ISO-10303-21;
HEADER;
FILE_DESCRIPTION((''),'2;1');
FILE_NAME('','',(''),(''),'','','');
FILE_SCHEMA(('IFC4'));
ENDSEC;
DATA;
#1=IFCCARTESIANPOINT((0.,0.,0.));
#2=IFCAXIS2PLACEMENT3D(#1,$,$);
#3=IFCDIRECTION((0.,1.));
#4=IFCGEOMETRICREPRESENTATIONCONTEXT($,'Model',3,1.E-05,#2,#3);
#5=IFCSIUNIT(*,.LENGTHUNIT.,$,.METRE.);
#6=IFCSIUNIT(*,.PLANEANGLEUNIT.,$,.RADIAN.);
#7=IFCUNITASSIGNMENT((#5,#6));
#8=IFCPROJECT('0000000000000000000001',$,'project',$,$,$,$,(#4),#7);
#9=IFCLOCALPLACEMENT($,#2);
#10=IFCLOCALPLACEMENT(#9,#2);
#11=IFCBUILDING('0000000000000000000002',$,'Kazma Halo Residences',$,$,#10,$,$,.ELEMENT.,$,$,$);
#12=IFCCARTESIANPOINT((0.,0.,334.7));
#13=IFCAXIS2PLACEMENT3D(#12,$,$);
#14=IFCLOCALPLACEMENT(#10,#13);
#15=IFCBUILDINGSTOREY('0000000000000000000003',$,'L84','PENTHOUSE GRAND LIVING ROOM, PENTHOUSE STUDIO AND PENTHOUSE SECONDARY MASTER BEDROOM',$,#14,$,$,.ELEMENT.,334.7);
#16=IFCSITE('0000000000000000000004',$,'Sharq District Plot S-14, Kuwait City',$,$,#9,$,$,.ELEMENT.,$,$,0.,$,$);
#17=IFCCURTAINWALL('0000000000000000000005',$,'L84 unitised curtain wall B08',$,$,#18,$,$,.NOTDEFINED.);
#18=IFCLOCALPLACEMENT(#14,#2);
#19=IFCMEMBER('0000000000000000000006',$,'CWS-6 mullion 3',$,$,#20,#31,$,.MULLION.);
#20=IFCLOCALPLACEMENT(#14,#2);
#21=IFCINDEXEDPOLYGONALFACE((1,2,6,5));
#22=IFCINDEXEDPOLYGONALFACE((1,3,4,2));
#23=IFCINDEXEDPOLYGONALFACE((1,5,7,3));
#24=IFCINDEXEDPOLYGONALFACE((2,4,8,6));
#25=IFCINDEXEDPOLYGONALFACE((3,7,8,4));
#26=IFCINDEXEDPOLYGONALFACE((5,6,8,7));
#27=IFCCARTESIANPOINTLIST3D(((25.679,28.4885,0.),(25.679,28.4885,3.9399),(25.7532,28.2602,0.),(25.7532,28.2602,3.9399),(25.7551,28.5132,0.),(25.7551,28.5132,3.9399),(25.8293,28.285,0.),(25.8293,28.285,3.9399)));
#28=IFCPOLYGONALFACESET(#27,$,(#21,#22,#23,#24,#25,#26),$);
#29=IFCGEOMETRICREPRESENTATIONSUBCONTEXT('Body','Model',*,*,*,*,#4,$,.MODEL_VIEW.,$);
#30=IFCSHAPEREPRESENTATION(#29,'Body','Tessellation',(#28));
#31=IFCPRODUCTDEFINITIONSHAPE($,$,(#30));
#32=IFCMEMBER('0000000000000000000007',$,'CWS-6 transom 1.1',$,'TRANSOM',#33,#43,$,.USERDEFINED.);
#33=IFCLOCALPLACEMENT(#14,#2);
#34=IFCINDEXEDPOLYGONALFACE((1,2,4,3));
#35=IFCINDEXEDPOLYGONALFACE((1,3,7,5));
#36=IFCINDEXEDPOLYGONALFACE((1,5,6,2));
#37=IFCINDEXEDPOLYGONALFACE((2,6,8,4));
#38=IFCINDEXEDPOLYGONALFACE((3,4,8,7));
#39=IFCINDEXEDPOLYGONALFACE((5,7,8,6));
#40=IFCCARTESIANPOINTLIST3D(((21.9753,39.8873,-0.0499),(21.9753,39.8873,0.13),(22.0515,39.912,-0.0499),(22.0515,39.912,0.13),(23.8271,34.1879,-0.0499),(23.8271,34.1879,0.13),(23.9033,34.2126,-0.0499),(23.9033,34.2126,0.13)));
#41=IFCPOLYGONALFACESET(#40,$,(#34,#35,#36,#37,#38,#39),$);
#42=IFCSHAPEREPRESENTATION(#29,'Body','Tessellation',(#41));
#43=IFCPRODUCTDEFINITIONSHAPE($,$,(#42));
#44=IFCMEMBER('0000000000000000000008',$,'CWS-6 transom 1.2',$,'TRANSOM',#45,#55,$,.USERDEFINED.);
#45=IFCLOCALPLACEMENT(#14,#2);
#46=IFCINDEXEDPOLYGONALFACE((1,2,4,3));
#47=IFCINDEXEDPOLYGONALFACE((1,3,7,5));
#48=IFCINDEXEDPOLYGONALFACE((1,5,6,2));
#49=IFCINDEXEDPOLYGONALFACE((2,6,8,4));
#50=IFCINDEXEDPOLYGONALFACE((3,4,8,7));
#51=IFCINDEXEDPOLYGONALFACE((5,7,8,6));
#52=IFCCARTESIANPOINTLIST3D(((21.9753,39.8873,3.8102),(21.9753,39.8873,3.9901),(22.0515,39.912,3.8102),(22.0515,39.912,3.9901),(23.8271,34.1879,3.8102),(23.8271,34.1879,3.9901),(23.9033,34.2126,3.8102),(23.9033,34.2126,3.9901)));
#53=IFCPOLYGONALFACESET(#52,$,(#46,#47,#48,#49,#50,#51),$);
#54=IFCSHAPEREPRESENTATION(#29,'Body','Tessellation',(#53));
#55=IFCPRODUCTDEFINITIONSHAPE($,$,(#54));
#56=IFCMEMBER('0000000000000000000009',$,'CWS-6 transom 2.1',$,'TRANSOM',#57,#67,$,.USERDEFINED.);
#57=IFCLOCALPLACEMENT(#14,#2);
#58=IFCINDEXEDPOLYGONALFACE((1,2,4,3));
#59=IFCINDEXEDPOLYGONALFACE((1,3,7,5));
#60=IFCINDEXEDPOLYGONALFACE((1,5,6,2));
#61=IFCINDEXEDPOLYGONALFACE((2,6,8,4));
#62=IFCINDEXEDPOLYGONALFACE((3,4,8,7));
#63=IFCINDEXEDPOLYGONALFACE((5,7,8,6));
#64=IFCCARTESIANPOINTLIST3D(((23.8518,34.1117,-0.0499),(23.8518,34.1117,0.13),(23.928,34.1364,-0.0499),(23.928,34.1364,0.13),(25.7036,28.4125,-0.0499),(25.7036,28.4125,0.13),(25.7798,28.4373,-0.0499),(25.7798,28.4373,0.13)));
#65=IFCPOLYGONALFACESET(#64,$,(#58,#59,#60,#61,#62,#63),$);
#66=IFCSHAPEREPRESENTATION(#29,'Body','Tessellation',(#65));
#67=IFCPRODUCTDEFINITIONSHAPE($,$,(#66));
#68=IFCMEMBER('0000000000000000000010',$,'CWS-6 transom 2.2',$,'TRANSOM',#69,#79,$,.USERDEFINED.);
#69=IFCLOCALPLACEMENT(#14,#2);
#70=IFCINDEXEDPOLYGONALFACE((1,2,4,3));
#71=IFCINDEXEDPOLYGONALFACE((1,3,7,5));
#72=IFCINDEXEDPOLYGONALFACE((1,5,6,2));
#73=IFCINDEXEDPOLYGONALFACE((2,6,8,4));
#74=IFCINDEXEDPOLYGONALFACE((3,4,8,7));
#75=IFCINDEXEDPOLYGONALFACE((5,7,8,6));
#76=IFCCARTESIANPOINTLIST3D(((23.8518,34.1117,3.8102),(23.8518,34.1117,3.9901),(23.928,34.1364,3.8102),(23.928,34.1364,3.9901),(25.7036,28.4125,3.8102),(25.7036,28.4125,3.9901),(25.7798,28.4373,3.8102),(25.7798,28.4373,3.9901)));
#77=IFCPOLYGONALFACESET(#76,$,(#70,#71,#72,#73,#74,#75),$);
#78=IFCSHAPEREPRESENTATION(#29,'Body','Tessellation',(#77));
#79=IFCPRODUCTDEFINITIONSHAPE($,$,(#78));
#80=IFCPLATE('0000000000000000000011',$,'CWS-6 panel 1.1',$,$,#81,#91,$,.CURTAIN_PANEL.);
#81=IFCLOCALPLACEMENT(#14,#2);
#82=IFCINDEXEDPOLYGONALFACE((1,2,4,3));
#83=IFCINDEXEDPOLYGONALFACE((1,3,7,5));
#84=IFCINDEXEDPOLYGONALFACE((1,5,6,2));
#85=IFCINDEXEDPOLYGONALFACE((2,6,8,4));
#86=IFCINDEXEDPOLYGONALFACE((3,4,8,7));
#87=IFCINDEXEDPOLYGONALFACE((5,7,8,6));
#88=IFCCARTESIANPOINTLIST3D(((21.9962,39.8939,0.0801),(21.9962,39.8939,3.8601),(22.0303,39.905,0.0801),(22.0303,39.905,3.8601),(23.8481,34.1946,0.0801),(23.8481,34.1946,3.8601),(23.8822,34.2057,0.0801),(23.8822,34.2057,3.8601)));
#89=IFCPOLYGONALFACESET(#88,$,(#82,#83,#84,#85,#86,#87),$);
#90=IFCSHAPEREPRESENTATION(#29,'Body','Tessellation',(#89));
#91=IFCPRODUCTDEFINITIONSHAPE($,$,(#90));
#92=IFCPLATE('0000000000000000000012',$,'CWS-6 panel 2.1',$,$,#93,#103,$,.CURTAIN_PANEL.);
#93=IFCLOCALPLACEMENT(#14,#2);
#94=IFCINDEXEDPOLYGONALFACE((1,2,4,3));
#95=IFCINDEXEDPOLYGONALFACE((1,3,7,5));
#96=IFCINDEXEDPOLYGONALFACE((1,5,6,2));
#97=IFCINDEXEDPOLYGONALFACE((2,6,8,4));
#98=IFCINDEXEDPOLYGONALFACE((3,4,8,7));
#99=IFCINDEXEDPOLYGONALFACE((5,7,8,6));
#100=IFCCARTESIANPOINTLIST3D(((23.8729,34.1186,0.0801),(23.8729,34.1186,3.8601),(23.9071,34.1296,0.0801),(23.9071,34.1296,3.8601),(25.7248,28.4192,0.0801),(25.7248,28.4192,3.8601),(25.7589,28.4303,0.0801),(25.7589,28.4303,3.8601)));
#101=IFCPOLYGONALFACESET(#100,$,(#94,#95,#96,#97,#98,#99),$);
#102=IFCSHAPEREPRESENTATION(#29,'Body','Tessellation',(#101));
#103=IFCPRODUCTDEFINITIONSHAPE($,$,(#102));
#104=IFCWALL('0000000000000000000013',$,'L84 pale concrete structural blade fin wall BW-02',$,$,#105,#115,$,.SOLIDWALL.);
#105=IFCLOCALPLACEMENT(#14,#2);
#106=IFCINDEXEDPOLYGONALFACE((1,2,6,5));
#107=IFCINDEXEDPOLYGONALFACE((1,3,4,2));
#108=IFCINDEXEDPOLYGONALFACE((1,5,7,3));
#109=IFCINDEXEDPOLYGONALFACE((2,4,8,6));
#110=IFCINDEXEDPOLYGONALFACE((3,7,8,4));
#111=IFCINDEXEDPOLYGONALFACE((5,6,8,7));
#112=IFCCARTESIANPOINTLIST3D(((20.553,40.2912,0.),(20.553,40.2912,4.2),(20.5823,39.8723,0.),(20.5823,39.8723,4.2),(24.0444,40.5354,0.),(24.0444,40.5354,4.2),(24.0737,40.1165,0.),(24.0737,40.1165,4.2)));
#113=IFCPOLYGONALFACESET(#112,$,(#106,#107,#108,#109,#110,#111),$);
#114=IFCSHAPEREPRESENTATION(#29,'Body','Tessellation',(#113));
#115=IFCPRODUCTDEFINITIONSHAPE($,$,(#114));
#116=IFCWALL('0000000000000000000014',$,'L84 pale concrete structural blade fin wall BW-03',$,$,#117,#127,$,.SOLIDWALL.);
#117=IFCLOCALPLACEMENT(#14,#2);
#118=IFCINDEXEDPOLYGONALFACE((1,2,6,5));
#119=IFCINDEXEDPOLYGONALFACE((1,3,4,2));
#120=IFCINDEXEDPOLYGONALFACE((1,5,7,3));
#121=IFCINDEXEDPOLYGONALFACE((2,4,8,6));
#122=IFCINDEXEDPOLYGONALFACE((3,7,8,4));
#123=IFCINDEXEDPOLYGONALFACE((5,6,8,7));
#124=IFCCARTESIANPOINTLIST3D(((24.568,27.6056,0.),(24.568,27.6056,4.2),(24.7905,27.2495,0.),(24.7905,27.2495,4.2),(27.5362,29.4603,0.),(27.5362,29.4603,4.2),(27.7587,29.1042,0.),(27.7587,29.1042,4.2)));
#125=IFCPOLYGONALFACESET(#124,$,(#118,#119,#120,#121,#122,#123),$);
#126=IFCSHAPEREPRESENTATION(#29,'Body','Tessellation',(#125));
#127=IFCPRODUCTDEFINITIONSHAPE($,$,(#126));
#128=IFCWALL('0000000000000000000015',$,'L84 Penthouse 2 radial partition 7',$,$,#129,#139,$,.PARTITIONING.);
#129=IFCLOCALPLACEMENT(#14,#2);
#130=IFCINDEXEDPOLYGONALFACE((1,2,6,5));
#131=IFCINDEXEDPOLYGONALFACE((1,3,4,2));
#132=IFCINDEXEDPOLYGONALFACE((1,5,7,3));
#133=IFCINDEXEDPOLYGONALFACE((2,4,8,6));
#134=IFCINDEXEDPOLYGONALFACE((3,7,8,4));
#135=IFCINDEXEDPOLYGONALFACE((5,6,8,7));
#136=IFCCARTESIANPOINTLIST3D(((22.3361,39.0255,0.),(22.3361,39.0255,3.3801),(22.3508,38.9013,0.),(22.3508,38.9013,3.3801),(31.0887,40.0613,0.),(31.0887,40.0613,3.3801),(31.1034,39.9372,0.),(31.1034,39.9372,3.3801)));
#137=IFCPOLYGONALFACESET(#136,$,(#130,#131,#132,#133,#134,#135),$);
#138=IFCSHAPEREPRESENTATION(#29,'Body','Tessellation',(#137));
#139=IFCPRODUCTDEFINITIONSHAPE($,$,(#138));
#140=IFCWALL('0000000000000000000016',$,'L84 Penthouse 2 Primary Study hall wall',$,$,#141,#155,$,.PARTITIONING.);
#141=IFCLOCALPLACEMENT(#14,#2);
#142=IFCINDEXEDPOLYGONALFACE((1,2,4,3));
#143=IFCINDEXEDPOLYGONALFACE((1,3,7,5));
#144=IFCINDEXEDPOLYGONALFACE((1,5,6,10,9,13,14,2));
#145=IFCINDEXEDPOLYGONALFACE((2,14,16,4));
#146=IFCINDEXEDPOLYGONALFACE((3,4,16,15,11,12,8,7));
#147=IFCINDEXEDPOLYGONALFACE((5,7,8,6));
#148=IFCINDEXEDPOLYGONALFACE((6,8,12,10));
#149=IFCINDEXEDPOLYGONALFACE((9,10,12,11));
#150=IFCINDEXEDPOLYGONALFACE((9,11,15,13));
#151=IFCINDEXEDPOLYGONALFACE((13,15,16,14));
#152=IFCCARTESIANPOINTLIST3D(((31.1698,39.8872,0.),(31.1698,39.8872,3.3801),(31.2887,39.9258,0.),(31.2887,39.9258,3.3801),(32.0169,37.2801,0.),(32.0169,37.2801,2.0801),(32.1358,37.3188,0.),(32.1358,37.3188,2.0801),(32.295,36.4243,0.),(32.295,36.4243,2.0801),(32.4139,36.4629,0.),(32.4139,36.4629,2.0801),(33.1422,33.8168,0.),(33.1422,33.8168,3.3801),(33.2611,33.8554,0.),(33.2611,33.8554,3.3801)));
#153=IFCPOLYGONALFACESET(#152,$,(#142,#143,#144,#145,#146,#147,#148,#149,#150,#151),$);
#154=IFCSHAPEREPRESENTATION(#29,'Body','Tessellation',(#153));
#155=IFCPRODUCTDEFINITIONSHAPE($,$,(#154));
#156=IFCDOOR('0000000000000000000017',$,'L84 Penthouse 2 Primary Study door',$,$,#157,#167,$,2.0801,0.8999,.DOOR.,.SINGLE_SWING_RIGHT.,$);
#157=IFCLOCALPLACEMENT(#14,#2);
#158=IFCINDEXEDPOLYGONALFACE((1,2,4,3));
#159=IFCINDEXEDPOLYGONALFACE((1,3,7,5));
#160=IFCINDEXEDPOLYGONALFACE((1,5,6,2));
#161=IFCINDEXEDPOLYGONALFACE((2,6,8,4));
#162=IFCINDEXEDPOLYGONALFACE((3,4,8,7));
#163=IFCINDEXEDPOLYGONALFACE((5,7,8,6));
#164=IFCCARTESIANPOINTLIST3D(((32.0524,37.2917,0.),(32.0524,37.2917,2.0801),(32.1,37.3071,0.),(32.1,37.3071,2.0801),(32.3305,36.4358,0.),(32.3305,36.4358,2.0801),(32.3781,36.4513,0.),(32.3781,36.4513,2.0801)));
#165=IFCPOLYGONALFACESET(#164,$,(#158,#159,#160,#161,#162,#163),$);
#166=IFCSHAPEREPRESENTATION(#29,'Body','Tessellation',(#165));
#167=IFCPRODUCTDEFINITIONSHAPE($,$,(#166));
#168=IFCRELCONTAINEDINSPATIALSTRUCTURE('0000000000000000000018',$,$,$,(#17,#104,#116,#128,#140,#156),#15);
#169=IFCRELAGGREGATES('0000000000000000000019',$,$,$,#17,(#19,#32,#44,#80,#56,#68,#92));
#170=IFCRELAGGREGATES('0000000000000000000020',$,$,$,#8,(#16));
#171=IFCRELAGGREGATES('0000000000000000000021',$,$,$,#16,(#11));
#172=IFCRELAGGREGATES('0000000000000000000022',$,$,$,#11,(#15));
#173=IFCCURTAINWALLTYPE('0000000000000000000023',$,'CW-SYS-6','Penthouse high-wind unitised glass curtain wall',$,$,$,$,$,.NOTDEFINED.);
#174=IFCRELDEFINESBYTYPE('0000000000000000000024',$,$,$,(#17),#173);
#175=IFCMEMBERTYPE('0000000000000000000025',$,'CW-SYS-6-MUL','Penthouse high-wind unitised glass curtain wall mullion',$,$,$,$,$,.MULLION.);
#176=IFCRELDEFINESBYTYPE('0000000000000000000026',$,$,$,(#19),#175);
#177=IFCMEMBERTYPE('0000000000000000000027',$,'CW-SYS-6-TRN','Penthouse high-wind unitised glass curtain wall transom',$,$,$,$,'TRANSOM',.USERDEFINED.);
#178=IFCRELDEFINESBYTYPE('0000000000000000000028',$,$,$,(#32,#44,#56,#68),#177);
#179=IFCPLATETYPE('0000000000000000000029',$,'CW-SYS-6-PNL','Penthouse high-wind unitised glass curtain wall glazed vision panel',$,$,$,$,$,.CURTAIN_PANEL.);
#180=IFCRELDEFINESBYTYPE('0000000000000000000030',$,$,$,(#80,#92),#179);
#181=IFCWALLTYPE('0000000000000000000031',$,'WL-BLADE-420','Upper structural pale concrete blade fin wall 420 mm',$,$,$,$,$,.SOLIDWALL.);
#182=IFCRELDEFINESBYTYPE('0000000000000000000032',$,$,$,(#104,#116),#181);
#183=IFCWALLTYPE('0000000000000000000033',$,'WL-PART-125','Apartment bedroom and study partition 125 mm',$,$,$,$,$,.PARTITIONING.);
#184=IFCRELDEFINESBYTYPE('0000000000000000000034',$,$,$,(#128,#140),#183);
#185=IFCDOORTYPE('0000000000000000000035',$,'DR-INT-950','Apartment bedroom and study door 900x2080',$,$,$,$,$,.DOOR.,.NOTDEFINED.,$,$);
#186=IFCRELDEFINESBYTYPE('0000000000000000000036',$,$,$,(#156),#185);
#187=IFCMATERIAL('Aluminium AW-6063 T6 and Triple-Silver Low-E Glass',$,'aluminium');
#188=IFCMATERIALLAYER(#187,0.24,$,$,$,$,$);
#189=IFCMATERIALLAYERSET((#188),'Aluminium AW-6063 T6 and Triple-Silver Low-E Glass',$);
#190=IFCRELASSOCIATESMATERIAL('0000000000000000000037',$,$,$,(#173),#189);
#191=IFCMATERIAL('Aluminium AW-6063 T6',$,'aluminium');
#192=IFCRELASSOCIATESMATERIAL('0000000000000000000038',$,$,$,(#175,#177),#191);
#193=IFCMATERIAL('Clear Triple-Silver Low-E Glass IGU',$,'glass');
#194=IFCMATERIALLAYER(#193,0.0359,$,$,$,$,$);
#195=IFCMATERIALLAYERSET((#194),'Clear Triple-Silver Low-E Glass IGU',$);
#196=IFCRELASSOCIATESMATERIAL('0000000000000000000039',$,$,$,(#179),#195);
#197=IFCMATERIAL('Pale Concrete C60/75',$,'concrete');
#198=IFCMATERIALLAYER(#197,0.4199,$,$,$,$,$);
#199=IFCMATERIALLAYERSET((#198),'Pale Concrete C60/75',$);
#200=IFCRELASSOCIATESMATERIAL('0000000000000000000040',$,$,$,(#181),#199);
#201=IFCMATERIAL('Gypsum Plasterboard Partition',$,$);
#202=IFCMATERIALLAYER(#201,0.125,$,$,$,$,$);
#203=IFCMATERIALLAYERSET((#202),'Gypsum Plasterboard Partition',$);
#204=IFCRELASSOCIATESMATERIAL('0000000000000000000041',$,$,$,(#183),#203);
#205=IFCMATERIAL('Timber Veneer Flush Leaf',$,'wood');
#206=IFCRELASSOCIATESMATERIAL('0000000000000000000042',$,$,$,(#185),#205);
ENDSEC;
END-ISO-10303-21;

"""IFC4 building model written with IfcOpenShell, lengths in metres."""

from ifc_helpers import new_model, si_unit, direction, frame, frame_2d, origin, origin_2d, place, context, subcontext, project, spatial, rectangle, extrude, material, layer, layer_set, material_profile, profile_set, type_object, element, fill, aggregate, save


model = new_model("IFC4")

# Units and contexts
model_context = context("Model", 3, precision=1e-05, world=origin(), true_north=direction((0.0, 1.0)))
body_context = subcontext(model_context, "Body", "Model", "MODEL_VIEW")
ifc_project = project(units=[si_unit("LENGTHUNIT", "METRE"), si_unit("PLANEANGLEUNIT", "RADIAN")], contexts=[model_context])

# Site, building, storey
site_placement = place(None, origin())
site = spatial("IfcSite", under=ifc_project, at=site_placement, Name="Sharq District Plot S-14, Kuwait City", CompositionType="ELEMENT", RefElevation=0.0)
building_placement = place(site_placement, origin())
building = spatial("IfcBuilding", under=site, at=building_placement, Name="Kazma Halo Residences", CompositionType="ELEMENT")
storey_placement = place(building_placement, frame((0.0, 0.0, 334.7)))
storey = spatial("IfcBuildingStorey", under=building, at=storey_placement, Name="L84", Description="PENTHOUSE GRAND LIVING ROOM, PENTHOUSE STUDIO AND PENTHOUSE SECONDARY MASTER BEDROOM", CompositionType="ELEMENT", Elevation=334.7)

# Shared definitions
ifc_material_1 = material(Name="Aluminium AW-6063 T6 and Triple-Silver Low-E Glass", Category="aluminium")
ifc_layer_1 = layer(ifc_material_1, 0.24)
ifc_layer_set_1 = layer_set([ifc_layer_1], Name="Aluminium AW-6063 T6 and Triple-Silver Low-E Glass")
curtain_wall_type = type_object("IfcCurtainWallType", Name="CW-SYS-6", Description="Penthouse high-wind unitised glass curtain wall", PredefinedType="NOTDEFINED", material=ifc_layer_set_1)
ifc_material_2 = material(Name="Aluminium AW-6063 T6", Category="aluminium")
ifc_material_profile_1 = material_profile(ifc_material_2, rectangle(XDim=0.0801, YDim=0.24, at=origin_2d()), Name="CWM-80x240")
ifc_profile_set_1 = profile_set([ifc_material_profile_1], Name="Aluminium AW-6063 T6")
member_type_1 = type_object("IfcMemberType", Name="CW-SYS-6-MUL", Description="Penthouse high-wind unitised glass curtain wall mullion", PredefinedType="MULLION", material=ifc_profile_set_1)

# Curtain wall, members, plates
curtain_wall_1_placement = place(storey_placement, origin())
curtain_wall_1 = element("IfcCurtainWall", 1, at=curtain_wall_1_placement, inside=storey, type_object=curtain_wall_type, Name="L84 unitised curtain wall B08", PredefinedType="NOTDEFINED")
member_1_placement = place(storey_placement, frame((25.7542, 28.3867, 0.0), z_axis=(0.0, 0.0, 1.0), x_axis=(0.951056, 0.309019, 0.0)))
member_1 = element("IfcMember", 2, at=member_1_placement, type_object=member_type_1, Name="CWS-6 mullion 3", PredefinedType="MULLION", context=body_context, shape_type="SweptSolid", body=[
    extrude(rectangle(XDim=0.0801, YDim=0.24, at=origin_2d()), origin(), (0.0, 0.0, 1.0), 3.9399),
])
ifc_material_profile_2 = material_profile(ifc_material_2, rectangle(XDim=0.0801, YDim=0.1799, at=origin_2d()), Name="CWT-80x180")
ifc_profile_set_2 = profile_set([ifc_material_profile_2], Name="Aluminium AW-6063 T6")
member_type_2 = type_object("IfcMemberType", Name="CW-SYS-6-TRN", Description="Penthouse high-wind unitised glass curtain wall transom", ElementType="TRANSOM", PredefinedType="USERDEFINED", material=ifc_profile_set_2)
member_2_placement = place(storey_placement, frame((22.0134, 39.8997, 0.04), z_axis=(0.309008, -0.95106, 0.0), x_axis=(0.95106, 0.309008, 0.0)))
member_2 = element("IfcMember", 3, at=member_2_placement, type_object=member_type_2, Name="CWS-6 transom 1.1", ObjectType="TRANSOM", PredefinedType="USERDEFINED", context=body_context, shape_type="SweptSolid", body=[
    extrude(rectangle(XDim=0.0801, YDim=0.1799, at=origin_2d()), origin(), (0.0, 0.0, 1.0), 5.9927),
])
member_3_placement = place(storey_placement, frame((22.0134, 39.8997, 3.9001), z_axis=(0.309008, -0.95106, 0.0), x_axis=(0.95106, 0.309008, 0.0)))
member_3 = element("IfcMember", 4, at=member_3_placement, type_object=member_type_2, Name="CWS-6 transom 1.2", ObjectType="TRANSOM", PredefinedType="USERDEFINED", context=body_context, shape_type="SweptSolid", body=[
    extrude(rectangle(XDim=0.0801, YDim=0.1799, at=origin_2d()), origin(), (0.0, 0.0, 1.0), 5.9927),
])
member_4_placement = place(storey_placement, frame((23.8899, 34.124, 0.04), z_axis=(0.30902, -0.951056, 0.0), x_axis=(0.951056, 0.30902, 0.0)))
member_4 = element("IfcMember", 5, at=member_4_placement, type_object=member_type_2, Name="CWS-6 transom 2.1", ObjectType="TRANSOM", PredefinedType="USERDEFINED", context=body_context, shape_type="SweptSolid", body=[
    extrude(rectangle(XDim=0.0801, YDim=0.1799, at=origin_2d()), origin(), (0.0, 0.0, 1.0), 5.9924),
])
member_5_placement = place(storey_placement, frame((23.8899, 34.124, 3.9001), z_axis=(0.30902, -0.951056, 0.0), x_axis=(0.951056, 0.30902, 0.0)))
member_5 = element("IfcMember", 6, at=member_5_placement, type_object=member_type_2, Name="CWS-6 transom 2.2", ObjectType="TRANSOM", PredefinedType="USERDEFINED", context=body_context, shape_type="SweptSolid", body=[
    extrude(rectangle(XDim=0.0801, YDim=0.1799, at=origin_2d()), origin(), (0.0, 0.0, 1.0), 5.9924),
])
ifc_material_3 = material(Name="Clear Triple-Silver Low-E Glass IGU", Category="glass")
ifc_layer_2 = layer(ifc_material_3, 0.0359)
ifc_layer_set_2 = layer_set([ifc_layer_2], Name="Clear Triple-Silver Low-E Glass IGU")
plate_type = type_object("IfcPlateType", Name="CW-SYS-6-PNL", Description="Penthouse high-wind unitised glass curtain wall glazed vision panel", PredefinedType="CURTAIN_PANEL", material=ifc_layer_set_2)
plate_1_placement = place(storey_placement, frame((22.9392, 37.0498, 0.0801), z_axis=(0.0, 0.0, 1.0), x_axis=(0.309019, -0.951056, 0.0)))
plate_1 = element("IfcPlate", 7, at=plate_1_placement, type_object=plate_type, Name="CWS-6 panel 1.1", PredefinedType="CURTAIN_PANEL", context=body_context, shape_type="SweptSolid", body=[
    extrude(rectangle(XDim=5.9927, YDim=0.0359, at=origin_2d()), origin(), (0.0, 0.0, 1.0), 3.78),
])
plate_2_placement = place(storey_placement, frame((24.8159, 31.2744, 0.0801), z_axis=(0.0, 0.0, 1.0), x_axis=(0.309019, -0.951056, 0.0)))
plate_2 = element("IfcPlate", 8, at=plate_2_placement, type_object=plate_type, Name="CWS-6 panel 2.1", PredefinedType="CURTAIN_PANEL", context=body_context, shape_type="SweptSolid", body=[
    extrude(rectangle(XDim=5.9927, YDim=0.0359, at=origin_2d()), origin(), (0.0, 0.0, 1.0), 3.78),
])
aggregate(curtain_wall_1, [member_1, member_2, member_3, plate_1, member_4, member_5, plate_2])

# Walls
ifc_material_4 = material(Name="Pale Concrete C60/75", Category="concrete")
ifc_layer_3 = layer(ifc_material_4, 0.4199)
ifc_layer_set_3 = layer_set([ifc_layer_3], Name="Pale Concrete C60/75")
wall_type_1 = type_object("IfcWallType", Name="WL-BLADE-420", Description="Upper structural pale concrete blade fin wall 420 mm", PredefinedType="SOLIDWALL", material=ifc_layer_set_3)
for number, where, z_axis, x_axis, name in (
    (9, (24.0591, 40.3259, 0.0), (0.0, 0.0, 1.0), (-0.997564, -0.069755, 0.0), "L84 pale concrete structural blade fin wall BW-02"),
    (10, (27.6475, 29.2822, 0.0), (0.0, 0.0, 1.0), (-0.848053, -0.529911, 0.0), "L84 pale concrete structural blade fin wall BW-03"),
):
    element("IfcWall", number, at=place(storey_placement, frame(where, z_axis=z_axis, x_axis=x_axis)), inside=storey, type_object=wall_type_1, Name=name, PredefinedType="SOLIDWALL", context=body_context, shape_type="SweptSolid", body=[
        extrude(rectangle(XDim=3.5, YDim=0.4199, at=frame_2d((1.75, 0.0))), origin(), (0.0, 0.0, 1.0), 4.2),
    ])
ifc_material_5 = material(Name="Gypsum Plasterboard Partition")
ifc_layer_4 = layer(ifc_material_5, 0.125)
ifc_layer_set_4 = layer_set([ifc_layer_4], Name="Gypsum Plasterboard Partition")
wall_type_2 = type_object("IfcWallType", Name="WL-PART-125", Description="Apartment bedroom and study partition 125 mm", PredefinedType="PARTITIONING", material=ifc_layer_set_4)
wall_1_placement = place(storey_placement, frame((31.0959, 39.9993, 0.0), z_axis=(0.0, 0.0, 1.0), x_axis=(-0.993069, -0.117531, 0.0)))
element("IfcWall", 11, at=wall_1_placement, inside=storey, type_object=wall_type_2, Name="L84 Penthouse 2 radial partition 7", PredefinedType="PARTITIONING", context=body_context, shape_type="SweptSolid", body=[
    extrude(rectangle(XDim=8.8137, YDim=0.125, at=frame_2d((4.4067, 0.0))), origin(), (0.0, 0.0, 1.0), 3.3801),
])

# Wall, opening, door
wall_2_placement = place(storey_placement, frame((31.2292, 39.9065, 0.0), z_axis=(0.0, 0.0, 1.0), x_axis=(0.309024, -0.951054, 0.0)))
wall_2 = element("IfcWall", 12, at=wall_2_placement, inside=storey, type_object=wall_type_2, Name="L84 Penthouse 2 Primary Study hall wall", PredefinedType="PARTITIONING", context=body_context, shape_type="SweptSolid", body=[
    extrude(rectangle(XDim=6.3828, YDim=0.125, at=frame_2d((3.1914, 0.0))), origin(), (0.0, 0.0, 1.0), 3.3801),
])
opening_1_placement = place(wall_2_placement, frame((2.7412, 0.0, 0.0)))
opening_1 = element("IfcOpeningElement", 13, at=opening_1_placement, cuts=wall_2, PredefinedType="OPENING", context=body_context, shape_type="SweptSolid", body=[
    extrude(rectangle(XDim=0.8999, YDim=2.0801, at=frame_2d((0.45, 1.04))), frame((0.0, 0.0725, 0.0), z_axis=(0.0, -1.0, 0.0), x_axis=(1.0, 0.0, 0.0)), (0.0, 0.0, 1.0), 0.145),
])
ifc_material_6 = material(Name="Timber Veneer Flush Leaf", Category="wood")
door_type = type_object("IfcDoorType", Name="DR-INT-950", Description="Apartment bedroom and study door 900x2080", OperationType="NOTDEFINED", PredefinedType="DOOR", material=ifc_material_6)
door_1_placement = place(opening_1_placement, origin())
door_1 = element("IfcDoor", 14, at=door_1_placement, inside=storey, type_object=door_type, Name="L84 Penthouse 2 Primary Study door", OperationType="SINGLE_SWING_RIGHT", OverallHeight=2.0801, OverallWidth=0.8999, PredefinedType="DOOR", context=body_context, shape_type="SweptSolid", body=[
    extrude(rectangle(XDim=0.8999, YDim=2.0801, at=frame_2d((0.45, 1.04))), frame((0.0, 0.0249, 0.0), z_axis=(0.0, -1.0, 0.0), x_axis=(1.0, 0.0, 0.0)), (0.0, 0.0, 1.0), 0.05),
])
fill(opening_1, door_1)

save(model, "model.ifc")
